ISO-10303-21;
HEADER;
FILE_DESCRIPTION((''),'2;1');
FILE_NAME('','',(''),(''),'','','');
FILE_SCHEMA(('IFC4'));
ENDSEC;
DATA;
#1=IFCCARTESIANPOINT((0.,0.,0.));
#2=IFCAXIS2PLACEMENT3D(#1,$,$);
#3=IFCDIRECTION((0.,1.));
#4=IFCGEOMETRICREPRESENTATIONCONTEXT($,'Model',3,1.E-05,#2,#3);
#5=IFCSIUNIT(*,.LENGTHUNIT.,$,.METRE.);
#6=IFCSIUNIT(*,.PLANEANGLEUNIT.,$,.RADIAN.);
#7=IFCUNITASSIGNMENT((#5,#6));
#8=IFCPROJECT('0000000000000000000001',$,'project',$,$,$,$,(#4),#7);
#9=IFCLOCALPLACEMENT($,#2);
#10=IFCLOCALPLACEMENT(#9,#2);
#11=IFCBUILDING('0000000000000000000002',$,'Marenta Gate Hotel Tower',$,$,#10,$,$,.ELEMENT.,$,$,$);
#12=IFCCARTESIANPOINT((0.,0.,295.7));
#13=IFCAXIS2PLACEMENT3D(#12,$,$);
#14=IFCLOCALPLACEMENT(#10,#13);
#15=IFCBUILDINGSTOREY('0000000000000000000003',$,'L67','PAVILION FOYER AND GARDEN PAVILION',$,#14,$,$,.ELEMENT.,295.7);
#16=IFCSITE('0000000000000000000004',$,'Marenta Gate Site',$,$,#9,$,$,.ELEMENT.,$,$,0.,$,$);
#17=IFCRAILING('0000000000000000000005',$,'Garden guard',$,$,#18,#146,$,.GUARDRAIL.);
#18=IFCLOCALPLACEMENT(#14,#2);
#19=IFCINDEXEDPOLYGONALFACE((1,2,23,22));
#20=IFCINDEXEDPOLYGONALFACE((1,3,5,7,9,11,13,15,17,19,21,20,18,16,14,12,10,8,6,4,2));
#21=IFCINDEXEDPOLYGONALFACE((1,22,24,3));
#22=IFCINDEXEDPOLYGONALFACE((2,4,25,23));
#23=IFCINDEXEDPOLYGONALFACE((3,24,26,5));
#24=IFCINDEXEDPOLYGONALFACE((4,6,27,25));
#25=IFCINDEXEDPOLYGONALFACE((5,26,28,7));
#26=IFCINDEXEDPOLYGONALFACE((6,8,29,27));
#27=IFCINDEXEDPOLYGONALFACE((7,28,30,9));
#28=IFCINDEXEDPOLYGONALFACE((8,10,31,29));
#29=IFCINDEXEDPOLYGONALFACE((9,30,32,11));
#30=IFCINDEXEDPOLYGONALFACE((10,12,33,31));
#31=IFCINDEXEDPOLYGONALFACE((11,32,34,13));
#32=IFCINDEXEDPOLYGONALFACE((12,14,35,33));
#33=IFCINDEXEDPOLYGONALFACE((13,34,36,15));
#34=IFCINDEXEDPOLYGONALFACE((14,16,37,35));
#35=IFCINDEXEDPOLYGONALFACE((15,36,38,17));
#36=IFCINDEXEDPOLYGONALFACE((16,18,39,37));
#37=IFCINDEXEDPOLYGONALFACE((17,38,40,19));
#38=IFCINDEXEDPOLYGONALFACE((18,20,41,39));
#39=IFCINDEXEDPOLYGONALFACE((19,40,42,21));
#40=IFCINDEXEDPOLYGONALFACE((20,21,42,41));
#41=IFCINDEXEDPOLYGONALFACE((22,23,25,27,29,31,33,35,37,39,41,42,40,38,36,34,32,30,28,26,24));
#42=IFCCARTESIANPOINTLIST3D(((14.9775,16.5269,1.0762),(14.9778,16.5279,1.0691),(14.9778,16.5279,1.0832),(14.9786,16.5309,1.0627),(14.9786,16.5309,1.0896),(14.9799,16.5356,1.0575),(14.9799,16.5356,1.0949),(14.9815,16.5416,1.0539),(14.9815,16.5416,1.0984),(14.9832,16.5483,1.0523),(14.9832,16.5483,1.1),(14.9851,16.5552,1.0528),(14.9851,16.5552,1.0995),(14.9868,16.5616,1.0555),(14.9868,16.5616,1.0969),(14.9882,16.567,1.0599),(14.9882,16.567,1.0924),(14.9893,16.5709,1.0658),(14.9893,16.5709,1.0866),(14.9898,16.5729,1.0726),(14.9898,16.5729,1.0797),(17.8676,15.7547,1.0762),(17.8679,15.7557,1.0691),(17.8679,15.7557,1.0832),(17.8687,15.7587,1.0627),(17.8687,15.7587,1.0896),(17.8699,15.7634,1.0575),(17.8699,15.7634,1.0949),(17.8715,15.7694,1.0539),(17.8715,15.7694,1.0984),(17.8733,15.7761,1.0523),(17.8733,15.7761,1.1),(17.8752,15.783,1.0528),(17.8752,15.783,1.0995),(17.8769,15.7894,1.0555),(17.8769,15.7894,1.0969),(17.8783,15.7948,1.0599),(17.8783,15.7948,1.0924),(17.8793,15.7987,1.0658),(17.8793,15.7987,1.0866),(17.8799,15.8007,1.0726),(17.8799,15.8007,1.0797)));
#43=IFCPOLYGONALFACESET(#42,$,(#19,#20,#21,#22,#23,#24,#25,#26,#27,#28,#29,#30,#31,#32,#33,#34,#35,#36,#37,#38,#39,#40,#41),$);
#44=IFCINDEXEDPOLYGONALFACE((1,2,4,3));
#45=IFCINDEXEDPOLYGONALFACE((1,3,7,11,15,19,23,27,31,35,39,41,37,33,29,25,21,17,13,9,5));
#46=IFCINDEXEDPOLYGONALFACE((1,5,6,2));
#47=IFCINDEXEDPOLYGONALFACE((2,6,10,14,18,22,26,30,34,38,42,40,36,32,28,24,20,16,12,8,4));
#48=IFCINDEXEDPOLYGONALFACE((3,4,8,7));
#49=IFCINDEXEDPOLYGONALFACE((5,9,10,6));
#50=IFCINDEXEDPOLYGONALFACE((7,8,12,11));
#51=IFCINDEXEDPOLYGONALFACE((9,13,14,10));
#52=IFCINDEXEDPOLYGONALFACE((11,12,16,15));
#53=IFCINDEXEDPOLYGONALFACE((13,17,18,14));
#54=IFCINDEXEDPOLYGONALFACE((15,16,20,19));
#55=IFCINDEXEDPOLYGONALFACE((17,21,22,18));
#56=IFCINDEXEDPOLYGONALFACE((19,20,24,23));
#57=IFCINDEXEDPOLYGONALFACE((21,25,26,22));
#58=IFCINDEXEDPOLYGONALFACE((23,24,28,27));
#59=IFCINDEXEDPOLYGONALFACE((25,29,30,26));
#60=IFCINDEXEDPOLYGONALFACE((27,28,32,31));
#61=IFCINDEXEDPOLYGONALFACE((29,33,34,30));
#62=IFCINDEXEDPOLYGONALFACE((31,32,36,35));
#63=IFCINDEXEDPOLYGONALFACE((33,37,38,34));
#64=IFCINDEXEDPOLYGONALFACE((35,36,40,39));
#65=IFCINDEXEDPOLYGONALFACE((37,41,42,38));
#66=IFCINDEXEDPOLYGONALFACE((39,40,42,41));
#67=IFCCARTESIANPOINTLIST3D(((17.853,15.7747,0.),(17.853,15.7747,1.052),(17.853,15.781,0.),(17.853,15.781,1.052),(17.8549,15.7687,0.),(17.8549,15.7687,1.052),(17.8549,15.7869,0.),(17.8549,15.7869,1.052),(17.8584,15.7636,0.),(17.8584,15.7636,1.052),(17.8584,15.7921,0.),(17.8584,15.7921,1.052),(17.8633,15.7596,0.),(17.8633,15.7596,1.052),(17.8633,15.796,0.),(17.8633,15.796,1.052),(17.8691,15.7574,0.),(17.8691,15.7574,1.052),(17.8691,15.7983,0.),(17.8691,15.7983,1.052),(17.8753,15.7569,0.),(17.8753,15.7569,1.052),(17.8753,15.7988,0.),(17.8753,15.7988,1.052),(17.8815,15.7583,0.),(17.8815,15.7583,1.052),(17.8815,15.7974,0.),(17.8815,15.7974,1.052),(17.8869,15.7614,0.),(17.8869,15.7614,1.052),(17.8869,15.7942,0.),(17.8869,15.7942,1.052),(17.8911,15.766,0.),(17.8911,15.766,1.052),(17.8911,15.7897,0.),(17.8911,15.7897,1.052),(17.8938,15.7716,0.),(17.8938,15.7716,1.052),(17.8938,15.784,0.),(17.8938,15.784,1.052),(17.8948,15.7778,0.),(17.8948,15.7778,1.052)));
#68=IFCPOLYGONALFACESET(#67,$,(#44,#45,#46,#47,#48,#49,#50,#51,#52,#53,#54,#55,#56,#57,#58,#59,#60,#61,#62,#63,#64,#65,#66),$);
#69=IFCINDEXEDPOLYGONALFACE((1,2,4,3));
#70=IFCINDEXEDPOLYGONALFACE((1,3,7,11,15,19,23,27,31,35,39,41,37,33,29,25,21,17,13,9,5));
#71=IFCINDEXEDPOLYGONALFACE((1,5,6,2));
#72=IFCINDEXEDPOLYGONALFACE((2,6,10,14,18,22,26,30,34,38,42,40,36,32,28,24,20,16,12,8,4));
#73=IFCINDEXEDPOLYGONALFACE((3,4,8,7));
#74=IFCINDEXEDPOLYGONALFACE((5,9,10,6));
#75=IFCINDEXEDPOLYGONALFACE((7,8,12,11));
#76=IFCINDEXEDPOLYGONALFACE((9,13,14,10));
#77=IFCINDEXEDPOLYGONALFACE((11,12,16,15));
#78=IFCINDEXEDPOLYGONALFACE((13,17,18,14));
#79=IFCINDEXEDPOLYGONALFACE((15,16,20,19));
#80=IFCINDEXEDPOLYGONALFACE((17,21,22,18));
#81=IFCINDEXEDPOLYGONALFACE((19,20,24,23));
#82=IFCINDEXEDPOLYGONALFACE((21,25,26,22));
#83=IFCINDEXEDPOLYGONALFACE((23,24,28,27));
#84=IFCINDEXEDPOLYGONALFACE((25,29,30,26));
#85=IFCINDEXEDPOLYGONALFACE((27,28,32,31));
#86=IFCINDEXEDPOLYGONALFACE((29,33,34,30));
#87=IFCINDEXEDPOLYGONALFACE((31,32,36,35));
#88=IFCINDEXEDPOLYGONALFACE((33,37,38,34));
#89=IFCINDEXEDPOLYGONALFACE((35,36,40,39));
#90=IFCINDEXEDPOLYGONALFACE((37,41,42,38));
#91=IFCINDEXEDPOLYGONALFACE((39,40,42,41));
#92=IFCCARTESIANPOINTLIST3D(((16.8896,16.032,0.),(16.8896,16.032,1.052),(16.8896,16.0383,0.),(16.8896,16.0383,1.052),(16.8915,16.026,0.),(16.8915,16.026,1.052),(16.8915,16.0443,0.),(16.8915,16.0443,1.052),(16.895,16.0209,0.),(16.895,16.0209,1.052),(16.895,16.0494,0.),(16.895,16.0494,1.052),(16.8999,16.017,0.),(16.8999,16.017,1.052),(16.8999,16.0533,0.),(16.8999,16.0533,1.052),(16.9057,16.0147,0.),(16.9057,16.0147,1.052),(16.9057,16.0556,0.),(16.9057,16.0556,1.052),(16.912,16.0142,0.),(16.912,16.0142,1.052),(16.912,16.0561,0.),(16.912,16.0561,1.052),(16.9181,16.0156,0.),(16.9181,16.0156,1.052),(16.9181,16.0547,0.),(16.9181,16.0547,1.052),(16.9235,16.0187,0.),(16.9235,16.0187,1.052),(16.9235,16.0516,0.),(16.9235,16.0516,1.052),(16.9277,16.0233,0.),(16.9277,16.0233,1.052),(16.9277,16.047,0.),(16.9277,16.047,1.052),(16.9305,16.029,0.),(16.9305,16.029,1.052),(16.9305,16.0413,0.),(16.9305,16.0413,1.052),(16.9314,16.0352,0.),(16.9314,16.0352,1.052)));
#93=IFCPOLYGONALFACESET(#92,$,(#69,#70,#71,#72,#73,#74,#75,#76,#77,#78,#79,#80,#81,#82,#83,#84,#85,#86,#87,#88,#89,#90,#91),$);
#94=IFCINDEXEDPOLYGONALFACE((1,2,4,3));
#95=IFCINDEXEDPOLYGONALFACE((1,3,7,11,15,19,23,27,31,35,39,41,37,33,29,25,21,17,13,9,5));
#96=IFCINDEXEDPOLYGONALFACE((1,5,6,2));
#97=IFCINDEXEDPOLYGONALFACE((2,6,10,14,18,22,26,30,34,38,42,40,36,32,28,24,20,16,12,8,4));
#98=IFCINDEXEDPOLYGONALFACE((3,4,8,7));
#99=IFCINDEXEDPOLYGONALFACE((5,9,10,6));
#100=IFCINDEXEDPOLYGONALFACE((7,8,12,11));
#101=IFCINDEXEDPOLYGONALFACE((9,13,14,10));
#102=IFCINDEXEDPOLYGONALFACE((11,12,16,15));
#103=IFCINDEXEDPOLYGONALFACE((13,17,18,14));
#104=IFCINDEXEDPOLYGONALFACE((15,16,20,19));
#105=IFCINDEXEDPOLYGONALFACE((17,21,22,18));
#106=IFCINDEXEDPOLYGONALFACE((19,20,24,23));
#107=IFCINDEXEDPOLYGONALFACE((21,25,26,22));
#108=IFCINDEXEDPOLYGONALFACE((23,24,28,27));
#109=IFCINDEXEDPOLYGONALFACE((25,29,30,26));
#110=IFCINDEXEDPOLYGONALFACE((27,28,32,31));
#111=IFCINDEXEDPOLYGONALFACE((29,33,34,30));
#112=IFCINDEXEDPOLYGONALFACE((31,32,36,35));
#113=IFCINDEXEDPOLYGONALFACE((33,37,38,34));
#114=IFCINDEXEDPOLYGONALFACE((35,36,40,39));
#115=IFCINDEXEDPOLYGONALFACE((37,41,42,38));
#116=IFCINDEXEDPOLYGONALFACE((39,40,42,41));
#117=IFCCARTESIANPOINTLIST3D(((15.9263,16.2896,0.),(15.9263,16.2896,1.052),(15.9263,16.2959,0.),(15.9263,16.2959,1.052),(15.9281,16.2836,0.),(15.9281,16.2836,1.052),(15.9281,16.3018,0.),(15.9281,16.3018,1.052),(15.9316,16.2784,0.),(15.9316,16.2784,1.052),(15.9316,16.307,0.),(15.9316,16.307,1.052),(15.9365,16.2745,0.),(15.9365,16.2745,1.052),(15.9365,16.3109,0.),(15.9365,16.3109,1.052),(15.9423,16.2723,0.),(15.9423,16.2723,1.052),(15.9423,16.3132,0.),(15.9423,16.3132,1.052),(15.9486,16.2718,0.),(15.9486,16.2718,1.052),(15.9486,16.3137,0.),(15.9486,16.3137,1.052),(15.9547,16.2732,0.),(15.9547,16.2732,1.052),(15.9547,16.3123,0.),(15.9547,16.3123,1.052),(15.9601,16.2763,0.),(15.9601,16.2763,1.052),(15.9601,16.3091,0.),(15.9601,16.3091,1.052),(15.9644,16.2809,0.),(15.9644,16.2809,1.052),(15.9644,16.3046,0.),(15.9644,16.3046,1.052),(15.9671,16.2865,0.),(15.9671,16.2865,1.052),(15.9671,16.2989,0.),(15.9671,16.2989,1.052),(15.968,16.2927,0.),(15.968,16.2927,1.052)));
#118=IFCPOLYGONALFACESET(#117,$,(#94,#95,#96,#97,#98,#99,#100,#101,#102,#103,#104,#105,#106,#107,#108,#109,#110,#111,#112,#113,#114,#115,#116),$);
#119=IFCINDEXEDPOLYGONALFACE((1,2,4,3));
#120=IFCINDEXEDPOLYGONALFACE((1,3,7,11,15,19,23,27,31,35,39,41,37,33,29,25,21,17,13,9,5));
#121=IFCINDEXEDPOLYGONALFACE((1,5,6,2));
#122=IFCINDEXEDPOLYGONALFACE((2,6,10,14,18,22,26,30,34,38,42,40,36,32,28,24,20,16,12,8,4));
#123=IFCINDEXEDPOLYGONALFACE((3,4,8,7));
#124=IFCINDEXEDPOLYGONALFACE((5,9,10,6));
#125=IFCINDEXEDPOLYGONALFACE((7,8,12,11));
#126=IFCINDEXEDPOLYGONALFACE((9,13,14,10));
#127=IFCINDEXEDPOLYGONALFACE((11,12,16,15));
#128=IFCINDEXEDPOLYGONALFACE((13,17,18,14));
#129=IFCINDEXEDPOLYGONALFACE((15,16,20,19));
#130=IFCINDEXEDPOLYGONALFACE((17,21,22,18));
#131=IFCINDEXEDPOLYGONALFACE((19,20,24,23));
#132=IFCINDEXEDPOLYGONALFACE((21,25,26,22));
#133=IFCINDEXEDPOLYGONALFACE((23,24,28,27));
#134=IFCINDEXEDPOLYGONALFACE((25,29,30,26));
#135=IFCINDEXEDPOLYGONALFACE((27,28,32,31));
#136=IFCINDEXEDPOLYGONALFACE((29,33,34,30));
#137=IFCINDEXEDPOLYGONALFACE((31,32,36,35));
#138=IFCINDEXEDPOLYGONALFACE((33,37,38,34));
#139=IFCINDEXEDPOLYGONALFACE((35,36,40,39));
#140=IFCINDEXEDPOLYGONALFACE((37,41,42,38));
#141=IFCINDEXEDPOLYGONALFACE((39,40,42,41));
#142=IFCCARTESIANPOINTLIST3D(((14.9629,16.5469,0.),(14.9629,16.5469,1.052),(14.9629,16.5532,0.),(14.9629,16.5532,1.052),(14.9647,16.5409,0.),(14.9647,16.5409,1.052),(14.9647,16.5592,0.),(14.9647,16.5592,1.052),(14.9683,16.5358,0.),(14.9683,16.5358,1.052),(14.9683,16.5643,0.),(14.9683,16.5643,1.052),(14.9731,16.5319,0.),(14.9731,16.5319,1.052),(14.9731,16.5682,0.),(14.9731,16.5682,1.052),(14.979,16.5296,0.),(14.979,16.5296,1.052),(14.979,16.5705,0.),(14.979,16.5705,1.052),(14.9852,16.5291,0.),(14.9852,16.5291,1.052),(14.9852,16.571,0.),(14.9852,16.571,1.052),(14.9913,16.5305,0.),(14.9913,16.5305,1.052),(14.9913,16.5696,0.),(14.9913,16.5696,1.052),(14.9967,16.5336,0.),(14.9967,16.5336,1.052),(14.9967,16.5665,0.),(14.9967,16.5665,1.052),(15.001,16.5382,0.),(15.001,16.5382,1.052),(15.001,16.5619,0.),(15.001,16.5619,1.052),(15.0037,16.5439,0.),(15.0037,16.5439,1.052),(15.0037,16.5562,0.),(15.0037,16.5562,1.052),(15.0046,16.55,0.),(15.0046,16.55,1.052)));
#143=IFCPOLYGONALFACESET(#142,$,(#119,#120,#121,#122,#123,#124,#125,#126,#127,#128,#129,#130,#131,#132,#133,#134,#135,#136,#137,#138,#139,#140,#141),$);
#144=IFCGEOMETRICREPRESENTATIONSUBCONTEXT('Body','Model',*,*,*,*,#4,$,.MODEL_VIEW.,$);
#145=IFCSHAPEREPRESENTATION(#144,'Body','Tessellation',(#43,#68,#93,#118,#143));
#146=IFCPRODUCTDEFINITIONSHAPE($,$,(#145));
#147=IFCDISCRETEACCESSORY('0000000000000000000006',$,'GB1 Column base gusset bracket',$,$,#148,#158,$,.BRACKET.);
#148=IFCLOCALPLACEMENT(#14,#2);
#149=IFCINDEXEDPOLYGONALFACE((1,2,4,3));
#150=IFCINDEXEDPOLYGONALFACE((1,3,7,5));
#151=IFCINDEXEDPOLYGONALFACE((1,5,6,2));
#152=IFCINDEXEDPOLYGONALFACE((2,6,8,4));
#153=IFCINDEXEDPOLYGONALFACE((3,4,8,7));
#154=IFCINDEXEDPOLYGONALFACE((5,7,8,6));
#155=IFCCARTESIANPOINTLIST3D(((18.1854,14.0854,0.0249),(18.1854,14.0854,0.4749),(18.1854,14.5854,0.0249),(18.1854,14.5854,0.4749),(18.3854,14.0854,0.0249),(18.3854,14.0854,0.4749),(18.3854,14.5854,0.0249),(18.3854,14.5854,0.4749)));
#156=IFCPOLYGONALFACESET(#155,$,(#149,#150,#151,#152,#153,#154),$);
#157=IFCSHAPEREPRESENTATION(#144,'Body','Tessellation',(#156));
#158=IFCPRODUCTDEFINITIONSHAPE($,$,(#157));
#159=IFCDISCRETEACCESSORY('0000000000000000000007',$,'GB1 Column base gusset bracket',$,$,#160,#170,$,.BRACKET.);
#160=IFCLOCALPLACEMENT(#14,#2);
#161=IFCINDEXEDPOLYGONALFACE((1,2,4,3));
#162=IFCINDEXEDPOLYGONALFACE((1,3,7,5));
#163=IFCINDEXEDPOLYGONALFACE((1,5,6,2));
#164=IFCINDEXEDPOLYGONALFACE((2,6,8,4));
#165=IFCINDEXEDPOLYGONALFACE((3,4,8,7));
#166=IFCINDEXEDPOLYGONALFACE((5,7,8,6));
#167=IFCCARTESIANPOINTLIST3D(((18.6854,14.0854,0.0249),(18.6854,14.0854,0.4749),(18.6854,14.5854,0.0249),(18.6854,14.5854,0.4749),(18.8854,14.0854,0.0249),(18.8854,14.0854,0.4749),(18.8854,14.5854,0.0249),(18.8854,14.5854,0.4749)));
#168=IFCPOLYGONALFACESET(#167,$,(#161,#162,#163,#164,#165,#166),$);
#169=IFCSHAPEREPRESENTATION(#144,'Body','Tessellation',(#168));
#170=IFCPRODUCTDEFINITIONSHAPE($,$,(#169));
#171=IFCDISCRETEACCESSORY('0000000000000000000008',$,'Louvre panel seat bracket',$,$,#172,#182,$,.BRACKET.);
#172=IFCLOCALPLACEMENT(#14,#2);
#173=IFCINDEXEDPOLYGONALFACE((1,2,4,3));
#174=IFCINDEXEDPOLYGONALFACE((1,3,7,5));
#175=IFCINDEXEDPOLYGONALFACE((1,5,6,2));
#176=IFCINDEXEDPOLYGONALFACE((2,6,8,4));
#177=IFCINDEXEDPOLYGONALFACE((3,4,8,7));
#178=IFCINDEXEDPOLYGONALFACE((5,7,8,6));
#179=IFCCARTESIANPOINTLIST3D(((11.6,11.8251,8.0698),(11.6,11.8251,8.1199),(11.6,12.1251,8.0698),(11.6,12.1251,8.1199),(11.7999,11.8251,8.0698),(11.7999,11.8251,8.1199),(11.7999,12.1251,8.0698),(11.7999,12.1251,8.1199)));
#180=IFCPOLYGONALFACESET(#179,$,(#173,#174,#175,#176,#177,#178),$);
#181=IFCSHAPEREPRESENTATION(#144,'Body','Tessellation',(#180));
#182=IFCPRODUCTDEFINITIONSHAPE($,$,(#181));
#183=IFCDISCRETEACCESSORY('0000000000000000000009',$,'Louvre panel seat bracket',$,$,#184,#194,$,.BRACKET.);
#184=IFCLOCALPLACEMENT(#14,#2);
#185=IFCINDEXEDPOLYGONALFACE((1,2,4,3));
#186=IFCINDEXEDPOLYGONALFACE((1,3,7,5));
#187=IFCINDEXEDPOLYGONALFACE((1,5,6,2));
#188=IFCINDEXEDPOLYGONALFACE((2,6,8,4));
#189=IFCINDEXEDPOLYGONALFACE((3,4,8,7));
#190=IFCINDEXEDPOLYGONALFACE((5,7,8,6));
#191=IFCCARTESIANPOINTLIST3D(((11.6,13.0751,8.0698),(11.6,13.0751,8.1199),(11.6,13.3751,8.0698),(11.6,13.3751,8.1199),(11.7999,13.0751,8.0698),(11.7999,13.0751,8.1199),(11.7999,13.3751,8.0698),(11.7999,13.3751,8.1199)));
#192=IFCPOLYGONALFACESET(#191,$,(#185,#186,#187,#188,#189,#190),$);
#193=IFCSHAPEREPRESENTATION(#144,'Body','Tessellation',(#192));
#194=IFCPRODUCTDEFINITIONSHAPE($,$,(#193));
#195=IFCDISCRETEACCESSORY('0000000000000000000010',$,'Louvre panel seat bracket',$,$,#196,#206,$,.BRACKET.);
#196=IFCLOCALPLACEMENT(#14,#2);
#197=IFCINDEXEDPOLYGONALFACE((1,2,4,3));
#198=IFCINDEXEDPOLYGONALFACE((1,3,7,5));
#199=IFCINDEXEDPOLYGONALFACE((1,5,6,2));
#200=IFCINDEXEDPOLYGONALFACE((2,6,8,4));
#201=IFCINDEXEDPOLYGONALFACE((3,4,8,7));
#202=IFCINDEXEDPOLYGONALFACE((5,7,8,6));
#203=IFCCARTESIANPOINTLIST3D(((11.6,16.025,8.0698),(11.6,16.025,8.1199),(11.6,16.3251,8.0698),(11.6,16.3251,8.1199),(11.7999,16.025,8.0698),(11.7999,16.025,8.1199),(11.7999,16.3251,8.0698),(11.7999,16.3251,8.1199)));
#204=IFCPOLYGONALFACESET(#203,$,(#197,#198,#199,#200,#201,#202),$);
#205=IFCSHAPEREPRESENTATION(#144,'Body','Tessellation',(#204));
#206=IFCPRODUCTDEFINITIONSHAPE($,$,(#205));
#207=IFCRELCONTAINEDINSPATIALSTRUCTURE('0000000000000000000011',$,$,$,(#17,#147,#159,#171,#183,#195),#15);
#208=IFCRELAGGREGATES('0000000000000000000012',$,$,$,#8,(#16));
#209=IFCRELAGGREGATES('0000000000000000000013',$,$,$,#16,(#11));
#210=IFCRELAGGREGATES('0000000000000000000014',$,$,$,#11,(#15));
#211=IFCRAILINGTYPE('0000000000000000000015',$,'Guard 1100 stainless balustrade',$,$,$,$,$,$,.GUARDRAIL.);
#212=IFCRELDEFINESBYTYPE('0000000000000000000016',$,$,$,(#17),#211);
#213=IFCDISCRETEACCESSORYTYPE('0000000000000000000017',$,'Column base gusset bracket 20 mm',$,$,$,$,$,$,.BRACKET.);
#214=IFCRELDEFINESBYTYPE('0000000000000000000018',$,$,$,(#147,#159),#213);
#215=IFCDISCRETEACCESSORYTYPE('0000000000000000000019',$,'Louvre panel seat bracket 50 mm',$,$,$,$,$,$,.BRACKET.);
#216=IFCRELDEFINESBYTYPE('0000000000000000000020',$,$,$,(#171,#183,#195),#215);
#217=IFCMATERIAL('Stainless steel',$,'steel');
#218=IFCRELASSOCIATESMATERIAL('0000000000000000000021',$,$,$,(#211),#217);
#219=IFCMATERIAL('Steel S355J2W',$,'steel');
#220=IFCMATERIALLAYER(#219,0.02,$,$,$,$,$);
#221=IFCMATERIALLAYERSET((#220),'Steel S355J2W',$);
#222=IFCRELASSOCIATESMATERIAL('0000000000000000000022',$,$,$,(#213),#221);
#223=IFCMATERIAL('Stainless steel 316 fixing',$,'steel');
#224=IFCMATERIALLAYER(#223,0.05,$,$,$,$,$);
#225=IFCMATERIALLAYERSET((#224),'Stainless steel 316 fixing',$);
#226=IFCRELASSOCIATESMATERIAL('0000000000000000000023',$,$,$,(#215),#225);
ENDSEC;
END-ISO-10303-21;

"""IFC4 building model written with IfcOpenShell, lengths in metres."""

from ifc_helpers import new_model, si_unit, direction, frame, origin, origin_2d, place, context, subcontext, project, spatial, rectangle, circle, extrude, material, layer, layer_set, type_object, element, save


model = new_model("IFC4")

# Units and contexts
model_context = context("Model", 3, precision=1e-05, world=origin(), true_north=direction((0.0, 1.0)))
body_context = subcontext(model_context, "Body", "Model", "MODEL_VIEW")
ifc_project = project(units=[si_unit("LENGTHUNIT", "METRE"), si_unit("PLANEANGLEUNIT", "RADIAN")], contexts=[model_context])

# Site, building, storey
site_placement = place(None, origin())
site = spatial("IfcSite", under=ifc_project, at=site_placement, Name="Marenta Gate Site", CompositionType="ELEMENT", RefElevation=0.0)
building_placement = place(site_placement, origin())
building = spatial("IfcBuilding", under=site, at=building_placement, Name="Marenta Gate Hotel Tower", CompositionType="ELEMENT")
storey_placement = place(building_placement, frame((0.0, 0.0, 295.7)))
storey = spatial("IfcBuildingStorey", under=building, at=storey_placement, Name="L67", Description="PAVILION FOYER AND GARDEN PAVILION", CompositionType="ELEMENT", Elevation=295.7)

# Railing
ifc_material_1 = material(Name="Stainless steel", Category="steel")
railing_type_1 = type_object("IfcRailingType", Name="Guard 1100 stainless balustrade", PredefinedType="GUARDRAIL", material=ifc_material_1)
railing_1_placement = place(storey_placement, frame((17.8738, 15.7778, 0.0)))
element("IfcRailing", 1, at=railing_1_placement, inside=storey, type_object=railing_type_1, Name="Garden guard", PredefinedType="GUARDRAIL", context=body_context, shape_type="SweptSolid", body=[
    extrude(circle(Radius=0.0239, at=origin_2d()), frame((0.0, 0.0, 1.0762), z_axis=(-0.966109, 0.258135, 0.0), x_axis=(-0.258135, -0.966109, 0.0)), (0.0, 0.0, 1.0), 2.9915),
    extrude(circle(Radius=0.021, at=origin_2d()), origin(), (0.0, 0.0, 1.0), 1.052),
    extrude(circle(Radius=0.021, at=origin_2d()), frame((-0.9634, 0.2573, 0.0)), (0.0, 0.0, 1.0), 1.052),
    extrude(circle(Radius=0.021, at=origin_2d()), frame((-1.9268, 0.5149, 0.0)), (0.0, 0.0, 1.0), 1.052),
    extrude(circle(Radius=0.021, at=origin_2d()), frame((-2.8901, 0.7722, 0.0)), (0.0, 0.0, 1.0), 1.052),
])

# Discrete accessories
ifc_material_2 = material(Name="Steel S355J2W", Category="steel")
ifc_layer_1 = layer(ifc_material_2, 0.02)
ifc_layer_set_1 = layer_set([ifc_layer_1], Name="Steel S355J2W")
discrete_accessory_type_1 = type_object("IfcDiscreteAccessoryType", Name="Column base gusset bracket 20 mm", PredefinedType="BRACKET", material=ifc_layer_set_1)
for number, where, z_axis, x_axis, name in (
    (2, (18.2854, 14.3354, 0.0249), (0.0, 0.0, 1.0), (1.0, 0.0, 0.0), "GB1 Column base gusset bracket"),
    (3, (18.7854, 14.3354, 0.0249), (0.0, 0.0, 1.0), (1.0, 0.0, 0.0), "GB1 Column base gusset bracket"),
):
    element("IfcDiscreteAccessory", number, at=place(storey_placement, frame(where, z_axis=z_axis, x_axis=x_axis)), inside=storey, type_object=discrete_accessory_type_1, Name=name, PredefinedType="BRACKET", context=body_context, shape_type="SweptSolid", body=[
        extrude(rectangle(XDim=0.2, YDim=0.5, at=origin_2d()), origin(), (0.0, 0.0, 1.0), 0.45),
    ])
ifc_material_3 = material(Name="Stainless steel 316 fixing", Category="steel")
ifc_layer_2 = layer(ifc_material_3, 0.05)
ifc_layer_set_2 = layer_set([ifc_layer_2], Name="Stainless steel 316 fixing")
discrete_accessory_type_2 = type_object("IfcDiscreteAccessoryType", Name="Louvre panel seat bracket 50 mm", PredefinedType="BRACKET", material=ifc_layer_set_2)
for number, where, z_axis, x_axis, name in (
    (4, (11.7, 11.9751, 8.0698), (0.0, 0.0, 1.0), (1.0, 0.0, 0.0), "Louvre panel seat bracket"),
    (5, (11.7, 13.2251, 8.0698), (0.0, 0.0, 1.0), (1.0, 0.0, 0.0), "Louvre panel seat bracket"),
    (6, (11.7, 16.175, 8.0698), (0.0, 0.0, 1.0), (1.0, 0.0, 0.0), "Louvre panel seat bracket"),
):
    element("IfcDiscreteAccessory", number, at=place(storey_placement, frame(where, z_axis=z_axis, x_axis=x_axis)), inside=storey, type_object=discrete_accessory_type_2, Name=name, PredefinedType="BRACKET", context=body_context, shape_type="SweptSolid", body=[
        extrude(rectangle(XDim=0.2, YDim=0.3, at=origin_2d()), origin(), (0.0, 0.0, 1.0), 0.05),
    ])

save(model, "model.ifc")
